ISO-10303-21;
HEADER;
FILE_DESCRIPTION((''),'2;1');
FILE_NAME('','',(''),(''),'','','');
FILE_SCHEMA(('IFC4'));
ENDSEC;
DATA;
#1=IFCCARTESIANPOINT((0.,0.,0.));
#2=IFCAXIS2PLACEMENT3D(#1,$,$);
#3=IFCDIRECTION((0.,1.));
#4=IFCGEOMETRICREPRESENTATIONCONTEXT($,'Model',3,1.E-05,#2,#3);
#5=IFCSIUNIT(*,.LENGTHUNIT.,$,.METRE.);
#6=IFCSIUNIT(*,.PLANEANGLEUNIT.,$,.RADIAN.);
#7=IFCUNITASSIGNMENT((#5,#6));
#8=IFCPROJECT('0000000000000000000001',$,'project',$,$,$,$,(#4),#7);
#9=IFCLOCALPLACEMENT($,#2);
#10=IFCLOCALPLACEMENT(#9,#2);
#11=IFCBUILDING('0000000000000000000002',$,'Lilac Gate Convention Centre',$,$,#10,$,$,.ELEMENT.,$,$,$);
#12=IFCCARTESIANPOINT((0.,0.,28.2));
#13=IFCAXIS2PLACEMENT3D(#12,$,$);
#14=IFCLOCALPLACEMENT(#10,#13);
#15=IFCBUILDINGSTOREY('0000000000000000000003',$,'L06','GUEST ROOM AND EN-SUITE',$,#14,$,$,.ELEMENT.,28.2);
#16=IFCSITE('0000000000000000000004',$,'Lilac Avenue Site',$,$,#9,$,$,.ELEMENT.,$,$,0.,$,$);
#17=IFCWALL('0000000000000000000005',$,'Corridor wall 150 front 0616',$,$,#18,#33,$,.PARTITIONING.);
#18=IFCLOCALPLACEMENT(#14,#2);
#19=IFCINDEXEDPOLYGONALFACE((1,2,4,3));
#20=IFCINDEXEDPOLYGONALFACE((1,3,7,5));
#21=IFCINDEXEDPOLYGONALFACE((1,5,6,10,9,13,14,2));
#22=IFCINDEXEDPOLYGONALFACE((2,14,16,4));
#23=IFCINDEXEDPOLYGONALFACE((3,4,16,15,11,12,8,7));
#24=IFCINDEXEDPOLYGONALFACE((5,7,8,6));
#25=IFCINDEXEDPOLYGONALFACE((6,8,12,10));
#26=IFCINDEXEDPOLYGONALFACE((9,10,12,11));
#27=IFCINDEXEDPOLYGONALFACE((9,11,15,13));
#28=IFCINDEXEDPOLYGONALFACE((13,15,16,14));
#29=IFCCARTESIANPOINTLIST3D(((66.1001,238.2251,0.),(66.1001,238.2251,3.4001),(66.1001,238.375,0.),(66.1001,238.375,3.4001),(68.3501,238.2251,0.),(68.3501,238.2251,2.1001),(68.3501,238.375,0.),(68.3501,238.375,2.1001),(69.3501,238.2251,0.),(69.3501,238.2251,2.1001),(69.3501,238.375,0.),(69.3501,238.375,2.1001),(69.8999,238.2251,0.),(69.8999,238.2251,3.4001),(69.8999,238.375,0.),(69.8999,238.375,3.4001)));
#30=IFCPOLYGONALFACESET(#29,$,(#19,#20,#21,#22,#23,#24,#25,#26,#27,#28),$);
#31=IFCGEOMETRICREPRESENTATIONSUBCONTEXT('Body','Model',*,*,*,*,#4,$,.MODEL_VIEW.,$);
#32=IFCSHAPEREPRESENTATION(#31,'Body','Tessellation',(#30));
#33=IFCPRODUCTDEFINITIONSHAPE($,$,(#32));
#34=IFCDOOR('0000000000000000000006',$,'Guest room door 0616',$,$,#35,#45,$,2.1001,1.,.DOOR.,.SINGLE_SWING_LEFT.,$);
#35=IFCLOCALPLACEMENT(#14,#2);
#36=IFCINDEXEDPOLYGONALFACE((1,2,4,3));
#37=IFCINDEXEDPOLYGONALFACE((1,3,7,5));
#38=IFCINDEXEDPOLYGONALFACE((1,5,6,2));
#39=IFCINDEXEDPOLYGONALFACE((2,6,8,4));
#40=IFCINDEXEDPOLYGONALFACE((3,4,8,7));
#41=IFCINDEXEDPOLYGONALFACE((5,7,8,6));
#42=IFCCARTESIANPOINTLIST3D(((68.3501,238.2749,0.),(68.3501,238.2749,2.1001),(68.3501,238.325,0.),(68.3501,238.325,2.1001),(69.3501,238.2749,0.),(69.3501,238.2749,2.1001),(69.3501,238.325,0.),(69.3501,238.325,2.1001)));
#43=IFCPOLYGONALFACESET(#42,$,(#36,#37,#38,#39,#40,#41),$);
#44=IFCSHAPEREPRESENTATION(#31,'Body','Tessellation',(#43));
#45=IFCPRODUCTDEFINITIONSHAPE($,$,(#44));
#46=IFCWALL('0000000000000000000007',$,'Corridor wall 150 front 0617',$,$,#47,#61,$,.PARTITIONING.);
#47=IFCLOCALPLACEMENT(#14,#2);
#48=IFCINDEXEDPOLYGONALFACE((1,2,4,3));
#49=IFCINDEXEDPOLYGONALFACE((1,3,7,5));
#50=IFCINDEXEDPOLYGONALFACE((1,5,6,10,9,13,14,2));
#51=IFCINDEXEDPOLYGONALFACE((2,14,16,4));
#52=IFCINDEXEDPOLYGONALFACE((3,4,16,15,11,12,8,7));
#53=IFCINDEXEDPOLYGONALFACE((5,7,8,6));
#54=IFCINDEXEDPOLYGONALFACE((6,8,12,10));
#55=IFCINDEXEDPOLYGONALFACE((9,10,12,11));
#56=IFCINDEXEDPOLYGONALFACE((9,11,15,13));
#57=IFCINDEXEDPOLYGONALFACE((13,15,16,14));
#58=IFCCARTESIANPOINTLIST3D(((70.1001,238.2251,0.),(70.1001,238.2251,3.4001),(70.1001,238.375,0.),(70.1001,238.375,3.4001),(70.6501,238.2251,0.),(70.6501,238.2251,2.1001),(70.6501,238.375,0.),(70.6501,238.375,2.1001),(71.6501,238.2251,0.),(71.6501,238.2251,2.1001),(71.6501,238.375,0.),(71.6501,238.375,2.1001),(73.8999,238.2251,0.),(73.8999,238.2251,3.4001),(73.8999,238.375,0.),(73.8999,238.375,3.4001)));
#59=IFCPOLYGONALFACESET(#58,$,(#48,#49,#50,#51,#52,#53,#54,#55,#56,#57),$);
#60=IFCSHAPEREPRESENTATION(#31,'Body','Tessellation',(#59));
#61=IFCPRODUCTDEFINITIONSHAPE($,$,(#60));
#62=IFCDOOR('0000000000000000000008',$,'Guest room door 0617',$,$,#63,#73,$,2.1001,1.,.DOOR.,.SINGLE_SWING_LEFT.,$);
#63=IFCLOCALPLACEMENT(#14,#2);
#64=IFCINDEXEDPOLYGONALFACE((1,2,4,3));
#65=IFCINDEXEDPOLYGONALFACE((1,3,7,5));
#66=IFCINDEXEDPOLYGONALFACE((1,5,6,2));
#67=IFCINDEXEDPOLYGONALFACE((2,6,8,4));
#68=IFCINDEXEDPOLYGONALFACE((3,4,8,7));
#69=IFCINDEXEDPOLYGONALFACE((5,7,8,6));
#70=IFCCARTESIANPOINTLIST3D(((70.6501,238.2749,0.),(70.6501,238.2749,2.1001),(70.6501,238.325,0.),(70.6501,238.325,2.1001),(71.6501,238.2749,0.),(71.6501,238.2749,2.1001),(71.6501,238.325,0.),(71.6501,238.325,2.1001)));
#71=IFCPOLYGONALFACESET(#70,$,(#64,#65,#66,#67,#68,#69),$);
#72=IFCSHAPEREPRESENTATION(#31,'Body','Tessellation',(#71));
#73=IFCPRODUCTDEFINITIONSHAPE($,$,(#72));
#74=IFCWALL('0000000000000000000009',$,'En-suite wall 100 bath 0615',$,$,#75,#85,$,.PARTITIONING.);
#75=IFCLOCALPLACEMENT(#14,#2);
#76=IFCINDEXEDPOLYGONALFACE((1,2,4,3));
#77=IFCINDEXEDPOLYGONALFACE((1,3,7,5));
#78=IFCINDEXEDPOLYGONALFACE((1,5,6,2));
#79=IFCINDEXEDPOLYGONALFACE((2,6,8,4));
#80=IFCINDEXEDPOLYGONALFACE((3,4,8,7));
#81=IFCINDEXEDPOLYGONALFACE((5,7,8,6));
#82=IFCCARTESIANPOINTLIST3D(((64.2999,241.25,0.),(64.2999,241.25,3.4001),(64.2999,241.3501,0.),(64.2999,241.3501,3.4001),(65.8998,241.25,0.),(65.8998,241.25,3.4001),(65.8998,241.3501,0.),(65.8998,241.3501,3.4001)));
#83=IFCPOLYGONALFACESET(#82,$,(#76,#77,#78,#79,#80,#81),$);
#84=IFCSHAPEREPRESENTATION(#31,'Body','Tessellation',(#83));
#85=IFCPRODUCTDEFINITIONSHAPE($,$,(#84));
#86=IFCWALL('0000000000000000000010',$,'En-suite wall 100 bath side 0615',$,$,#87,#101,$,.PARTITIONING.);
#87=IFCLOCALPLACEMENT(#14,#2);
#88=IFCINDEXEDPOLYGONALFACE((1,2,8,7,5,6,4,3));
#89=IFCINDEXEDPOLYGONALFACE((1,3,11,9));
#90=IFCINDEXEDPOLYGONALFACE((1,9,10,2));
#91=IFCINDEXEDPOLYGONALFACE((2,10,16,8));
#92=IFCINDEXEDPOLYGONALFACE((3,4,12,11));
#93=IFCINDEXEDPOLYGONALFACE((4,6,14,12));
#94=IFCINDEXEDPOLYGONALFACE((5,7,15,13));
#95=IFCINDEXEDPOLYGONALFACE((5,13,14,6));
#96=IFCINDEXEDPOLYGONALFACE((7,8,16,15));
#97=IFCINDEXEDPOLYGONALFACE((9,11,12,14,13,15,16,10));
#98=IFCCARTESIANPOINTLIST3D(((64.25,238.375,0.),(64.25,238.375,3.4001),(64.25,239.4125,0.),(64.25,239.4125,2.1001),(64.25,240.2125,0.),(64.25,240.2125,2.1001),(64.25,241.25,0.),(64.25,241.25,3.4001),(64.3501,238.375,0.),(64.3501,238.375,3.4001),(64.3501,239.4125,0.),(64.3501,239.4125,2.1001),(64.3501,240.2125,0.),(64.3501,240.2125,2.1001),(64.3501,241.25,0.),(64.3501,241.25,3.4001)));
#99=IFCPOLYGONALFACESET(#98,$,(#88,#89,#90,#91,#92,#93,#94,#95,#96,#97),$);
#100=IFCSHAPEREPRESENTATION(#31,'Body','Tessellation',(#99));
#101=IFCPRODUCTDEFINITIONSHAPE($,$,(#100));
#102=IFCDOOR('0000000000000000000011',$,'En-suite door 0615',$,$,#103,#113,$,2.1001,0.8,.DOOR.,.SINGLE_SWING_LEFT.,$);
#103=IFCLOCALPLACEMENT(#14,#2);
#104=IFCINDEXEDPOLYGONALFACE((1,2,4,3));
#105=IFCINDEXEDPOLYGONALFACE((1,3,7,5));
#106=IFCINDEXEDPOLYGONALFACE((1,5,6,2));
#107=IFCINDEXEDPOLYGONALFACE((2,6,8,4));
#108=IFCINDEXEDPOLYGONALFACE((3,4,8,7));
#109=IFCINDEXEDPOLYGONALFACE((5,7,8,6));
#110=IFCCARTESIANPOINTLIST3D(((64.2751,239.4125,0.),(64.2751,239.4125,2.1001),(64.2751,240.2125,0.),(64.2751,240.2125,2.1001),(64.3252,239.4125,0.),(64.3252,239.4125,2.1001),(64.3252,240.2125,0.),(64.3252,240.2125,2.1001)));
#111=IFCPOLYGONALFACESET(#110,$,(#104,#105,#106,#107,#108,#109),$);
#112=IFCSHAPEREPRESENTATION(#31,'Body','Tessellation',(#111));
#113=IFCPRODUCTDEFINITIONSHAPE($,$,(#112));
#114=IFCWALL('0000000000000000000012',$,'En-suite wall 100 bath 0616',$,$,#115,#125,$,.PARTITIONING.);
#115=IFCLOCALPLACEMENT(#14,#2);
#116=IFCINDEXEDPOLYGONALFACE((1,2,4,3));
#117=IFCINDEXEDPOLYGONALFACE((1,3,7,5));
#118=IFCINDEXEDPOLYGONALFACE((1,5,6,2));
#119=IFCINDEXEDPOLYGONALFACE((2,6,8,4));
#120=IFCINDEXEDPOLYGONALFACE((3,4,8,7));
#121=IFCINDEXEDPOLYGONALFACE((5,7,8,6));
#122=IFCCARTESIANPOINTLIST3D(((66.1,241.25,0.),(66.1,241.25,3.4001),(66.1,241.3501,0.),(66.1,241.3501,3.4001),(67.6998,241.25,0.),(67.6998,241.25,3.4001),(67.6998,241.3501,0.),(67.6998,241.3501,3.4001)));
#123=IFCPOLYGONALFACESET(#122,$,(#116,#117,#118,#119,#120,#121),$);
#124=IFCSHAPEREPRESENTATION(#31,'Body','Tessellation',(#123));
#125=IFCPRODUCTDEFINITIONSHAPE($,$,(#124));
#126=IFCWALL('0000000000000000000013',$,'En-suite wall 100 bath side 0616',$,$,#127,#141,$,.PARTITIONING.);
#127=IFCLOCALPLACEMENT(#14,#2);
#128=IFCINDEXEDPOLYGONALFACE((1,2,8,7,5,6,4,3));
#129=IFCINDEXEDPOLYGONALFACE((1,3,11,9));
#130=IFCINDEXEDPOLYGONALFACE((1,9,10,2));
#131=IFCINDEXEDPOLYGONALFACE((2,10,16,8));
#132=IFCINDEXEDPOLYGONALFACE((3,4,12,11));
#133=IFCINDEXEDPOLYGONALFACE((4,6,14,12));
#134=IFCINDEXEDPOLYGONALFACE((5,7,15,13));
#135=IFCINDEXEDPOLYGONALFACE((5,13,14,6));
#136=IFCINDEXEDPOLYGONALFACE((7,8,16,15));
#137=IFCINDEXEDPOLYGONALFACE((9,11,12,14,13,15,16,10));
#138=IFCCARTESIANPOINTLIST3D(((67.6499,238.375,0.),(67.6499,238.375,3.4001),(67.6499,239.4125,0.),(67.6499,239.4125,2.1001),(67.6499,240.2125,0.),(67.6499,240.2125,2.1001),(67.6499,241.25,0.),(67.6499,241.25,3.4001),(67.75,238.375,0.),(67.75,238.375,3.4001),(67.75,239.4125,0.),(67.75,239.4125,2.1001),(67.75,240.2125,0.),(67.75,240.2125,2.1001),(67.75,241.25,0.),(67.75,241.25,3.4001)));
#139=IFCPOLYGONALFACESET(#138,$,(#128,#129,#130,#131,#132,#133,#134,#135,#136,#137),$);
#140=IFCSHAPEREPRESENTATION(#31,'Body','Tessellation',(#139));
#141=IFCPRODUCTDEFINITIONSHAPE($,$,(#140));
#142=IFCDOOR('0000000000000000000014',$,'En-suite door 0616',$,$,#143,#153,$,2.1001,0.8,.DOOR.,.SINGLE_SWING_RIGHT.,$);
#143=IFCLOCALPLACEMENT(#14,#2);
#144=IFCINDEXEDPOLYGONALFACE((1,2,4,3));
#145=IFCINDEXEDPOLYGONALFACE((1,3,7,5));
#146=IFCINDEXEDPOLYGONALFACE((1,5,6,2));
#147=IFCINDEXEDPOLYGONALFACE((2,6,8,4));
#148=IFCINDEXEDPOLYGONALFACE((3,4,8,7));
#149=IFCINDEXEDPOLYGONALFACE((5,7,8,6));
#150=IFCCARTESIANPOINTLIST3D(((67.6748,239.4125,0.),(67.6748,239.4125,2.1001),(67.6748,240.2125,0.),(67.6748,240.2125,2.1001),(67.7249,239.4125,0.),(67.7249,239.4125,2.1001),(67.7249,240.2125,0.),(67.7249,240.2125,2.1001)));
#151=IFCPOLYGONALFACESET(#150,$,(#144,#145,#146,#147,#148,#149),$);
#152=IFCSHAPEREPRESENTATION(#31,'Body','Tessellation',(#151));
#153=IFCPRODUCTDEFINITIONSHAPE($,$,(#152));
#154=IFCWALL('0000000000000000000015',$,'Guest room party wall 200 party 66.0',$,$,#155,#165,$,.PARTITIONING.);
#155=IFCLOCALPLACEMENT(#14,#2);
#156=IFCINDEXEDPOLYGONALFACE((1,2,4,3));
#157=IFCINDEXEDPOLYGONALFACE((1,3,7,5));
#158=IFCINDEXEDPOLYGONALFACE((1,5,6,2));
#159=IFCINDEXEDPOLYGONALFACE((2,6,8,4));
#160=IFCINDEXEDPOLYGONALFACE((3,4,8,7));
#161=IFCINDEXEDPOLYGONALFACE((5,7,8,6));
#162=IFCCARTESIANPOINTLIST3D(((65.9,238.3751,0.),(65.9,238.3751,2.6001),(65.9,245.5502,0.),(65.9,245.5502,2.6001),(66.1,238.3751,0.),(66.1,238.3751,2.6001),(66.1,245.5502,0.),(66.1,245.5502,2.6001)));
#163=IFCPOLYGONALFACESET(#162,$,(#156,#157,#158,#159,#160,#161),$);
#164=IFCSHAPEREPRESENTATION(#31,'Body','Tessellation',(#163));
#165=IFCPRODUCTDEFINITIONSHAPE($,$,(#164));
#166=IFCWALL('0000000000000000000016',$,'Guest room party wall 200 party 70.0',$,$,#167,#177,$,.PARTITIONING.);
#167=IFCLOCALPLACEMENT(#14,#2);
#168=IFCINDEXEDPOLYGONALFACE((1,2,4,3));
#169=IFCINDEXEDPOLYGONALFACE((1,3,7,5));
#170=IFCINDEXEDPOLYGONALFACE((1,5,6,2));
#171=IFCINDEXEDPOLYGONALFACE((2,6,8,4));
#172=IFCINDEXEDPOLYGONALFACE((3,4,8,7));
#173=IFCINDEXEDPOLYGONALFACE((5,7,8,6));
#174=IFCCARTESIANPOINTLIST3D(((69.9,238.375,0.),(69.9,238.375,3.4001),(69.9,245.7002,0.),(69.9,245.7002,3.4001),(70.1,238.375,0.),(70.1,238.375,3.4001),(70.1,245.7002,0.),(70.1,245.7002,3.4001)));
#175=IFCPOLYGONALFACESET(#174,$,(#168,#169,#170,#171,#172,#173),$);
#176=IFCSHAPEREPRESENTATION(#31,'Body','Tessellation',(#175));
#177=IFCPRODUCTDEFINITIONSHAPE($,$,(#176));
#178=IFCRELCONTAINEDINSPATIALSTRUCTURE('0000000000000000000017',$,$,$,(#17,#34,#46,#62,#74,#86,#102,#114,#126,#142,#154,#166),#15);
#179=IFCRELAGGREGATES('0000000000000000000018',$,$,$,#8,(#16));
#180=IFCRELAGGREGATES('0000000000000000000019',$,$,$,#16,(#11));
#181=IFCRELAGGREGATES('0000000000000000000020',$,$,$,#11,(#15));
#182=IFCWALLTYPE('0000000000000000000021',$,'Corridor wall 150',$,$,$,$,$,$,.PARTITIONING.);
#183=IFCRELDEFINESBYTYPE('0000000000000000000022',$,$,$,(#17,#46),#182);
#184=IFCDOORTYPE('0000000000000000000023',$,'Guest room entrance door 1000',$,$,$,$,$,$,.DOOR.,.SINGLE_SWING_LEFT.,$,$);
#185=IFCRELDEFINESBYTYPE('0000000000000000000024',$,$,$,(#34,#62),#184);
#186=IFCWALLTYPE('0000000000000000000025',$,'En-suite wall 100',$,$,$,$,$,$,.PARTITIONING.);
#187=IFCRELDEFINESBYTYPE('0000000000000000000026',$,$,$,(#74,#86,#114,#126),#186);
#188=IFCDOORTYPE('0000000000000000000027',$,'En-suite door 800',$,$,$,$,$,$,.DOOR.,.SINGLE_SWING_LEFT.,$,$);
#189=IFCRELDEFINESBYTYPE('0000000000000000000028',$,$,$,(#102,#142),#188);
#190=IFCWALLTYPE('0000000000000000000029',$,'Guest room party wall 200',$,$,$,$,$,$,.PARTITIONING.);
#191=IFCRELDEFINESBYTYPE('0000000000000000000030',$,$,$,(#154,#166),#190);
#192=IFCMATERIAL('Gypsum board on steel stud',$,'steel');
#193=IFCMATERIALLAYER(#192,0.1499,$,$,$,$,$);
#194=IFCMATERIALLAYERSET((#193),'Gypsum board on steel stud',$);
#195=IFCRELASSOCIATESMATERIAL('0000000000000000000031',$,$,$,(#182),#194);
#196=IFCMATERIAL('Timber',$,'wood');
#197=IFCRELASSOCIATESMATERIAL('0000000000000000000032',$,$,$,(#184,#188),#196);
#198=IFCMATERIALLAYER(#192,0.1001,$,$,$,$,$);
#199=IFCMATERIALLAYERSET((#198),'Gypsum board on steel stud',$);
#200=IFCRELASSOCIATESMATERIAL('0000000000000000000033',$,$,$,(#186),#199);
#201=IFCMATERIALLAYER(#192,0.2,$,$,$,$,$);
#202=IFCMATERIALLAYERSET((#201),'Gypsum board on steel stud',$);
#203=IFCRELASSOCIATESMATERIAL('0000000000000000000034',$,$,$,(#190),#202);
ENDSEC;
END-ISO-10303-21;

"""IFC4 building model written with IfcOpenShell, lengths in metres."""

from ifc_helpers import new_model, si_unit, direction, frame, frame_2d, origin, place, context, subcontext, project, spatial, rectangle, extrude, material, layer, layer_set, type_object, element, fill, save


model = new_model("IFC4")

# Units and contexts
model_context = context("Model", 3, precision=1e-05, world=origin(), true_north=direction((0.0, 1.0)))
body_context = subcontext(model_context, "Body", "Model", "MODEL_VIEW")
ifc_project = project(units=[si_unit("LENGTHUNIT", "METRE"), si_unit("PLANEANGLEUNIT", "RADIAN")], contexts=[model_context])

# Site, building, storey
site_placement = place(None, origin())
site = spatial("IfcSite", under=ifc_project, at=site_placement, Name="Lilac Avenue Site", CompositionType="ELEMENT", RefElevation=0.0)
building_placement = place(site_placement, origin())
building = spatial("IfcBuilding", under=site, at=building_placement, Name="Lilac Gate Convention Centre", CompositionType="ELEMENT")
storey_placement = place(building_placement, frame((0.0, 0.0, 28.2)))
storey = spatial("IfcBuildingStorey", under=building, at=storey_placement, Name="L06", Description="GUEST ROOM AND EN-SUITE", CompositionType="ELEMENT", Elevation=28.2)

# Walls, openings, doors
ifc_material_1 = material(Name="Gypsum board on steel stud", Category="steel")
ifc_layer_1 = layer(ifc_material_1, 0.1499)
ifc_layer_set_1 = layer_set([ifc_layer_1], Name="Gypsum board on steel stud")
wall_type_1 = type_object("IfcWallType", Name="Corridor wall 150", PredefinedType="PARTITIONING", material=ifc_layer_set_1)
ifc_material_2 = material(Name="Timber", Category="wood")
door_type_1 = type_object("IfcDoorType", Name="Guest room entrance door 1000", OperationType="SINGLE_SWING_LEFT", PredefinedType="DOOR", material=ifc_material_2)
wall_1_placement = place(storey_placement, frame((66.1001, 238.3, 0.0), z_axis=(0.0, 0.0, 1.0), x_axis=(1.0, 0.0, 0.0)))
wall_1 = element("IfcWall", 1, at=wall_1_placement, inside=storey, type_object=wall_type_1, Name="Corridor wall 150 front 0616", PredefinedType="PARTITIONING", context=body_context, shape_type="SweptSolid", body=[
    extrude(rectangle(XDim=3.7998, YDim=0.1499, at=frame_2d((1.8999, 0.0))), origin(), (0.0, 0.0, 1.0), 3.4001),
])
opening_1_placement = place(wall_1_placement, frame((2.25, 0.0, 0.0)))
opening_1 = element("IfcOpeningElement", 2, at=opening_1_placement, cuts=wall_1, PredefinedType="OPENING", context=body_context, shape_type="SweptSolid", body=[
    extrude(rectangle(XDim=1.0, YDim=2.1001, at=frame_2d((0.5, 1.05))), frame((0.0, 0.085, 0.0), z_axis=(0.0, -1.0, 0.0), x_axis=(1.0, 0.0, 0.0)), (0.0, 0.0, 1.0), 0.1699),
])
door_1_placement = place(opening_1_placement, origin())
door_1 = element("IfcDoor", 3, at=door_1_placement, inside=storey, type_object=door_type_1, Name="Guest room door 0616", OperationType="SINGLE_SWING_LEFT", OverallHeight=2.1001, OverallWidth=1.0, PredefinedType="DOOR", context=body_context, shape_type="SweptSolid", body=[
    extrude(rectangle(XDim=1.0, YDim=2.1001, at=frame_2d((0.5, 1.05))), frame((0.0, 0.0249, 0.0), z_axis=(0.0, -1.0, 0.0), x_axis=(1.0, 0.0, 0.0)), (0.0, 0.0, 1.0), 0.05),
])
fill(opening_1, door_1)
wall_2_placement = place(storey_placement, frame((70.1001, 238.3, 0.0), z_axis=(0.0, 0.0, 1.0), x_axis=(1.0, 0.0, 0.0)))
wall_2 = element("IfcWall", 4, at=wall_2_placement, inside=storey, type_object=wall_type_1, Name="Corridor wall 150 front 0617", PredefinedType="PARTITIONING", context=body_context, shape_type="SweptSolid", body=[
    extrude(rectangle(XDim=3.7998, YDim=0.1499, at=frame_2d((1.8999, 0.0))), origin(), (0.0, 0.0, 1.0), 3.4001),
])
opening_2_placement = place(wall_2_placement, frame((0.55, 0.0, 0.0)))
opening_2 = element("IfcOpeningElement", 5, at=opening_2_placement, cuts=wall_2, PredefinedType="OPENING", context=body_context, shape_type="SweptSolid", body=[
    extrude(rectangle(XDim=1.0, YDim=2.1001, at=frame_2d((0.5, 1.05))), frame((0.0, 0.085, 0.0), z_axis=(0.0, -1.0, 0.0), x_axis=(1.0, 0.0, 0.0)), (0.0, 0.0, 1.0), 0.1699),
])
door_2_placement = place(opening_2_placement, origin())
door_2 = element("IfcDoor", 6, at=door_2_placement, inside=storey, type_object=door_type_1, Name="Guest room door 0617", OperationType="SINGLE_SWING_LEFT", OverallHeight=2.1001, OverallWidth=1.0, PredefinedType="DOOR", context=body_context, shape_type="SweptSolid", body=[
    extrude(rectangle(XDim=1.0, YDim=2.1001, at=frame_2d((0.5, 1.05))), frame((0.0, 0.0249, 0.0), z_axis=(0.0, -1.0, 0.0), x_axis=(1.0, 0.0, 0.0)), (0.0, 0.0, 1.0), 0.05),
])
fill(opening_2, door_2)

# Wall
ifc_layer_2 = layer(ifc_material_1, 0.1001)
ifc_layer_set_2 = layer_set([ifc_layer_2], Name="Gypsum board on steel stud")
wall_type_2 = type_object("IfcWallType", Name="En-suite wall 100", PredefinedType="PARTITIONING", material=ifc_layer_set_2)
wall_3_placement = place(storey_placement, frame((64.3, 241.3, 0.0), z_axis=(0.0, 0.0, 1.0), x_axis=(1.0, 0.0, 0.0)))
element("IfcWall", 7, at=wall_3_placement, inside=storey, type_object=wall_type_2, Name="En-suite wall 100 bath 0615", PredefinedType="PARTITIONING", context=body_context, shape_type="SweptSolid", body=[
    extrude(rectangle(XDim=1.5999, YDim=0.1001, at=frame_2d((0.7998, 0.0))), origin(), (0.0, 0.0, 1.0), 3.4001),
])

# Wall, opening, door
wall_4_placement = place(storey_placement, frame((64.3, 238.375, 0.0), z_axis=(0.0, 0.0, 1.0), x_axis=(0.0, 1.0, 0.0)))
wall_4 = element("IfcWall", 8, at=wall_4_placement, inside=storey, type_object=wall_type_2, Name="En-suite wall 100 bath side 0615", PredefinedType="PARTITIONING", context=body_context, shape_type="SweptSolid", body=[
    extrude(rectangle(XDim=2.875, YDim=0.1001, at=frame_2d((1.4375, 0.0))), origin(), (0.0, 0.0, 1.0), 3.4001),
])
opening_3_placement = place(wall_4_placement, frame((1.0376, 0.0, 0.0)))
opening_3 = element("IfcOpeningElement", 9, at=opening_3_placement, cuts=wall_4, PredefinedType="OPENING", context=body_context, shape_type="SweptSolid", body=[
    extrude(rectangle(XDim=0.8, YDim=2.1001, at=frame_2d((0.3999, 1.05))), frame((0.0, 0.0601, 0.0), z_axis=(0.0, -1.0, 0.0), x_axis=(1.0, 0.0, 0.0)), (0.0, 0.0, 1.0), 0.1201),
])
door_type_2 = type_object("IfcDoorType", Name="En-suite door 800", OperationType="SINGLE_SWING_LEFT", PredefinedType="DOOR", material=ifc_material_2)
door_3_placement = place(opening_3_placement, origin())
door_3 = element("IfcDoor", 10, at=door_3_placement, inside=storey, type_object=door_type_2, Name="En-suite door 0615", OperationType="SINGLE_SWING_LEFT", OverallHeight=2.1001, OverallWidth=0.8, PredefinedType="DOOR", context=body_context, shape_type="SweptSolid", body=[
    extrude(rectangle(XDim=0.8, YDim=2.1001, at=frame_2d((0.3999, 1.05))), frame((0.0, 0.0249, 0.0), z_axis=(0.0, -1.0, 0.0), x_axis=(1.0, 0.0, 0.0)), (0.0, 0.0, 1.0), 0.05),
])
fill(opening_3, door_3)

# Wall
wall_5_placement = place(storey_placement, frame((66.1001, 241.3, 0.0), z_axis=(0.0, 0.0, 1.0), x_axis=(1.0, 0.0, 0.0)))
element("IfcWall", 11, at=wall_5_placement, inside=storey, type_object=wall_type_2, Name="En-suite wall 100 bath 0616", PredefinedType="PARTITIONING", context=body_context, shape_type="SweptSolid", body=[
    extrude(rectangle(XDim=1.5999, YDim=0.1001, at=frame_2d((0.7998, 0.0))), origin(), (0.0, 0.0, 1.0), 3.4001),
])

# Wall, opening, door
wall_6_placement = place(storey_placement, frame((67.7, 241.25, 0.0), z_axis=(0.0, 0.0, 1.0), x_axis=(0.0, -1.0, 0.0)))
wall_6 = element("IfcWall", 12, at=wall_6_placement, inside=storey, type_object=wall_type_2, Name="En-suite wall 100 bath side 0616", PredefinedType="PARTITIONING", context=body_context, shape_type="SweptSolid", body=[
    extrude(rectangle(XDim=2.875, YDim=0.1001, at=frame_2d((1.4375, 0.0))), origin(), (0.0, 0.0, 1.0), 3.4001),
])
opening_4_placement = place(wall_6_placement, frame((1.0376, 0.0, 0.0)))
opening_4 = element("IfcOpeningElement", 13, at=opening_4_placement, cuts=wall_6, PredefinedType="OPENING", context=body_context, shape_type="SweptSolid", body=[
    extrude(rectangle(XDim=0.8, YDim=2.1001, at=frame_2d((0.3999, 1.05))), frame((0.0, 0.0601, 0.0), z_axis=(0.0, -1.0, 0.0), x_axis=(1.0, 0.0, 0.0)), (0.0, 0.0, 1.0), 0.1201),
])
door_4_placement = place(opening_4_placement, origin())
door_4 = element("IfcDoor", 14, at=door_4_placement, inside=storey, type_object=door_type_2, Name="En-suite door 0616", OperationType="SINGLE_SWING_RIGHT", OverallHeight=2.1001, OverallWidth=0.8, PredefinedType="DOOR", context=body_context, shape_type="SweptSolid", body=[
    extrude(rectangle(XDim=0.8, YDim=2.1001, at=frame_2d((0.3999, 1.05))), frame((0.0, 0.0249, 0.0), z_axis=(0.0, -1.0, 0.0), x_axis=(1.0, 0.0, 0.0)), (0.0, 0.0, 1.0), 0.05),
])
fill(opening_4, door_4)

# Walls
ifc_layer_3 = layer(ifc_material_1, 0.2)
ifc_layer_set_3 = layer_set([ifc_layer_3], Name="Gypsum board on steel stud")
wall_type_3 = type_object("IfcWallType", Name="Guest room party wall 200", PredefinedType="PARTITIONING", material=ifc_layer_set_3)
wall_7_placement = place(storey_placement, frame((66.0, 245.55, 0.0), z_axis=(0.0, 0.0, 1.0), x_axis=(0.0, -1.0, 0.0)))
element("IfcWall", 15, at=wall_7_placement, inside=storey, type_object=wall_type_3, Name="Guest room party wall 200 party 66.0", PredefinedType="PARTITIONING", context=body_context, shape_type="SweptSolid", body=[
    extrude(rectangle(XDim=7.175, YDim=0.2, at=frame_2d((3.5874, 0.0))), origin(), (0.0, 0.0, 1.0), 2.6001),
])
wall_8_placement = place(storey_placement, frame((70.0, 245.7002, 0.0), z_axis=(0.0, 0.0, 1.0), x_axis=(0.0, -1.0, 0.0)))
element("IfcWall", 16, at=wall_8_placement, inside=storey, type_object=wall_type_3, Name="Guest room party wall 200 party 70.0", PredefinedType="PARTITIONING", context=body_context, shape_type="SweptSolid", body=[
    extrude(rectangle(XDim=7.3252, YDim=0.2, at=frame_2d((3.6626, 0.0))), origin(), (0.0, 0.0, 1.0), 3.4001),
])

save(model, "model.ifc")
